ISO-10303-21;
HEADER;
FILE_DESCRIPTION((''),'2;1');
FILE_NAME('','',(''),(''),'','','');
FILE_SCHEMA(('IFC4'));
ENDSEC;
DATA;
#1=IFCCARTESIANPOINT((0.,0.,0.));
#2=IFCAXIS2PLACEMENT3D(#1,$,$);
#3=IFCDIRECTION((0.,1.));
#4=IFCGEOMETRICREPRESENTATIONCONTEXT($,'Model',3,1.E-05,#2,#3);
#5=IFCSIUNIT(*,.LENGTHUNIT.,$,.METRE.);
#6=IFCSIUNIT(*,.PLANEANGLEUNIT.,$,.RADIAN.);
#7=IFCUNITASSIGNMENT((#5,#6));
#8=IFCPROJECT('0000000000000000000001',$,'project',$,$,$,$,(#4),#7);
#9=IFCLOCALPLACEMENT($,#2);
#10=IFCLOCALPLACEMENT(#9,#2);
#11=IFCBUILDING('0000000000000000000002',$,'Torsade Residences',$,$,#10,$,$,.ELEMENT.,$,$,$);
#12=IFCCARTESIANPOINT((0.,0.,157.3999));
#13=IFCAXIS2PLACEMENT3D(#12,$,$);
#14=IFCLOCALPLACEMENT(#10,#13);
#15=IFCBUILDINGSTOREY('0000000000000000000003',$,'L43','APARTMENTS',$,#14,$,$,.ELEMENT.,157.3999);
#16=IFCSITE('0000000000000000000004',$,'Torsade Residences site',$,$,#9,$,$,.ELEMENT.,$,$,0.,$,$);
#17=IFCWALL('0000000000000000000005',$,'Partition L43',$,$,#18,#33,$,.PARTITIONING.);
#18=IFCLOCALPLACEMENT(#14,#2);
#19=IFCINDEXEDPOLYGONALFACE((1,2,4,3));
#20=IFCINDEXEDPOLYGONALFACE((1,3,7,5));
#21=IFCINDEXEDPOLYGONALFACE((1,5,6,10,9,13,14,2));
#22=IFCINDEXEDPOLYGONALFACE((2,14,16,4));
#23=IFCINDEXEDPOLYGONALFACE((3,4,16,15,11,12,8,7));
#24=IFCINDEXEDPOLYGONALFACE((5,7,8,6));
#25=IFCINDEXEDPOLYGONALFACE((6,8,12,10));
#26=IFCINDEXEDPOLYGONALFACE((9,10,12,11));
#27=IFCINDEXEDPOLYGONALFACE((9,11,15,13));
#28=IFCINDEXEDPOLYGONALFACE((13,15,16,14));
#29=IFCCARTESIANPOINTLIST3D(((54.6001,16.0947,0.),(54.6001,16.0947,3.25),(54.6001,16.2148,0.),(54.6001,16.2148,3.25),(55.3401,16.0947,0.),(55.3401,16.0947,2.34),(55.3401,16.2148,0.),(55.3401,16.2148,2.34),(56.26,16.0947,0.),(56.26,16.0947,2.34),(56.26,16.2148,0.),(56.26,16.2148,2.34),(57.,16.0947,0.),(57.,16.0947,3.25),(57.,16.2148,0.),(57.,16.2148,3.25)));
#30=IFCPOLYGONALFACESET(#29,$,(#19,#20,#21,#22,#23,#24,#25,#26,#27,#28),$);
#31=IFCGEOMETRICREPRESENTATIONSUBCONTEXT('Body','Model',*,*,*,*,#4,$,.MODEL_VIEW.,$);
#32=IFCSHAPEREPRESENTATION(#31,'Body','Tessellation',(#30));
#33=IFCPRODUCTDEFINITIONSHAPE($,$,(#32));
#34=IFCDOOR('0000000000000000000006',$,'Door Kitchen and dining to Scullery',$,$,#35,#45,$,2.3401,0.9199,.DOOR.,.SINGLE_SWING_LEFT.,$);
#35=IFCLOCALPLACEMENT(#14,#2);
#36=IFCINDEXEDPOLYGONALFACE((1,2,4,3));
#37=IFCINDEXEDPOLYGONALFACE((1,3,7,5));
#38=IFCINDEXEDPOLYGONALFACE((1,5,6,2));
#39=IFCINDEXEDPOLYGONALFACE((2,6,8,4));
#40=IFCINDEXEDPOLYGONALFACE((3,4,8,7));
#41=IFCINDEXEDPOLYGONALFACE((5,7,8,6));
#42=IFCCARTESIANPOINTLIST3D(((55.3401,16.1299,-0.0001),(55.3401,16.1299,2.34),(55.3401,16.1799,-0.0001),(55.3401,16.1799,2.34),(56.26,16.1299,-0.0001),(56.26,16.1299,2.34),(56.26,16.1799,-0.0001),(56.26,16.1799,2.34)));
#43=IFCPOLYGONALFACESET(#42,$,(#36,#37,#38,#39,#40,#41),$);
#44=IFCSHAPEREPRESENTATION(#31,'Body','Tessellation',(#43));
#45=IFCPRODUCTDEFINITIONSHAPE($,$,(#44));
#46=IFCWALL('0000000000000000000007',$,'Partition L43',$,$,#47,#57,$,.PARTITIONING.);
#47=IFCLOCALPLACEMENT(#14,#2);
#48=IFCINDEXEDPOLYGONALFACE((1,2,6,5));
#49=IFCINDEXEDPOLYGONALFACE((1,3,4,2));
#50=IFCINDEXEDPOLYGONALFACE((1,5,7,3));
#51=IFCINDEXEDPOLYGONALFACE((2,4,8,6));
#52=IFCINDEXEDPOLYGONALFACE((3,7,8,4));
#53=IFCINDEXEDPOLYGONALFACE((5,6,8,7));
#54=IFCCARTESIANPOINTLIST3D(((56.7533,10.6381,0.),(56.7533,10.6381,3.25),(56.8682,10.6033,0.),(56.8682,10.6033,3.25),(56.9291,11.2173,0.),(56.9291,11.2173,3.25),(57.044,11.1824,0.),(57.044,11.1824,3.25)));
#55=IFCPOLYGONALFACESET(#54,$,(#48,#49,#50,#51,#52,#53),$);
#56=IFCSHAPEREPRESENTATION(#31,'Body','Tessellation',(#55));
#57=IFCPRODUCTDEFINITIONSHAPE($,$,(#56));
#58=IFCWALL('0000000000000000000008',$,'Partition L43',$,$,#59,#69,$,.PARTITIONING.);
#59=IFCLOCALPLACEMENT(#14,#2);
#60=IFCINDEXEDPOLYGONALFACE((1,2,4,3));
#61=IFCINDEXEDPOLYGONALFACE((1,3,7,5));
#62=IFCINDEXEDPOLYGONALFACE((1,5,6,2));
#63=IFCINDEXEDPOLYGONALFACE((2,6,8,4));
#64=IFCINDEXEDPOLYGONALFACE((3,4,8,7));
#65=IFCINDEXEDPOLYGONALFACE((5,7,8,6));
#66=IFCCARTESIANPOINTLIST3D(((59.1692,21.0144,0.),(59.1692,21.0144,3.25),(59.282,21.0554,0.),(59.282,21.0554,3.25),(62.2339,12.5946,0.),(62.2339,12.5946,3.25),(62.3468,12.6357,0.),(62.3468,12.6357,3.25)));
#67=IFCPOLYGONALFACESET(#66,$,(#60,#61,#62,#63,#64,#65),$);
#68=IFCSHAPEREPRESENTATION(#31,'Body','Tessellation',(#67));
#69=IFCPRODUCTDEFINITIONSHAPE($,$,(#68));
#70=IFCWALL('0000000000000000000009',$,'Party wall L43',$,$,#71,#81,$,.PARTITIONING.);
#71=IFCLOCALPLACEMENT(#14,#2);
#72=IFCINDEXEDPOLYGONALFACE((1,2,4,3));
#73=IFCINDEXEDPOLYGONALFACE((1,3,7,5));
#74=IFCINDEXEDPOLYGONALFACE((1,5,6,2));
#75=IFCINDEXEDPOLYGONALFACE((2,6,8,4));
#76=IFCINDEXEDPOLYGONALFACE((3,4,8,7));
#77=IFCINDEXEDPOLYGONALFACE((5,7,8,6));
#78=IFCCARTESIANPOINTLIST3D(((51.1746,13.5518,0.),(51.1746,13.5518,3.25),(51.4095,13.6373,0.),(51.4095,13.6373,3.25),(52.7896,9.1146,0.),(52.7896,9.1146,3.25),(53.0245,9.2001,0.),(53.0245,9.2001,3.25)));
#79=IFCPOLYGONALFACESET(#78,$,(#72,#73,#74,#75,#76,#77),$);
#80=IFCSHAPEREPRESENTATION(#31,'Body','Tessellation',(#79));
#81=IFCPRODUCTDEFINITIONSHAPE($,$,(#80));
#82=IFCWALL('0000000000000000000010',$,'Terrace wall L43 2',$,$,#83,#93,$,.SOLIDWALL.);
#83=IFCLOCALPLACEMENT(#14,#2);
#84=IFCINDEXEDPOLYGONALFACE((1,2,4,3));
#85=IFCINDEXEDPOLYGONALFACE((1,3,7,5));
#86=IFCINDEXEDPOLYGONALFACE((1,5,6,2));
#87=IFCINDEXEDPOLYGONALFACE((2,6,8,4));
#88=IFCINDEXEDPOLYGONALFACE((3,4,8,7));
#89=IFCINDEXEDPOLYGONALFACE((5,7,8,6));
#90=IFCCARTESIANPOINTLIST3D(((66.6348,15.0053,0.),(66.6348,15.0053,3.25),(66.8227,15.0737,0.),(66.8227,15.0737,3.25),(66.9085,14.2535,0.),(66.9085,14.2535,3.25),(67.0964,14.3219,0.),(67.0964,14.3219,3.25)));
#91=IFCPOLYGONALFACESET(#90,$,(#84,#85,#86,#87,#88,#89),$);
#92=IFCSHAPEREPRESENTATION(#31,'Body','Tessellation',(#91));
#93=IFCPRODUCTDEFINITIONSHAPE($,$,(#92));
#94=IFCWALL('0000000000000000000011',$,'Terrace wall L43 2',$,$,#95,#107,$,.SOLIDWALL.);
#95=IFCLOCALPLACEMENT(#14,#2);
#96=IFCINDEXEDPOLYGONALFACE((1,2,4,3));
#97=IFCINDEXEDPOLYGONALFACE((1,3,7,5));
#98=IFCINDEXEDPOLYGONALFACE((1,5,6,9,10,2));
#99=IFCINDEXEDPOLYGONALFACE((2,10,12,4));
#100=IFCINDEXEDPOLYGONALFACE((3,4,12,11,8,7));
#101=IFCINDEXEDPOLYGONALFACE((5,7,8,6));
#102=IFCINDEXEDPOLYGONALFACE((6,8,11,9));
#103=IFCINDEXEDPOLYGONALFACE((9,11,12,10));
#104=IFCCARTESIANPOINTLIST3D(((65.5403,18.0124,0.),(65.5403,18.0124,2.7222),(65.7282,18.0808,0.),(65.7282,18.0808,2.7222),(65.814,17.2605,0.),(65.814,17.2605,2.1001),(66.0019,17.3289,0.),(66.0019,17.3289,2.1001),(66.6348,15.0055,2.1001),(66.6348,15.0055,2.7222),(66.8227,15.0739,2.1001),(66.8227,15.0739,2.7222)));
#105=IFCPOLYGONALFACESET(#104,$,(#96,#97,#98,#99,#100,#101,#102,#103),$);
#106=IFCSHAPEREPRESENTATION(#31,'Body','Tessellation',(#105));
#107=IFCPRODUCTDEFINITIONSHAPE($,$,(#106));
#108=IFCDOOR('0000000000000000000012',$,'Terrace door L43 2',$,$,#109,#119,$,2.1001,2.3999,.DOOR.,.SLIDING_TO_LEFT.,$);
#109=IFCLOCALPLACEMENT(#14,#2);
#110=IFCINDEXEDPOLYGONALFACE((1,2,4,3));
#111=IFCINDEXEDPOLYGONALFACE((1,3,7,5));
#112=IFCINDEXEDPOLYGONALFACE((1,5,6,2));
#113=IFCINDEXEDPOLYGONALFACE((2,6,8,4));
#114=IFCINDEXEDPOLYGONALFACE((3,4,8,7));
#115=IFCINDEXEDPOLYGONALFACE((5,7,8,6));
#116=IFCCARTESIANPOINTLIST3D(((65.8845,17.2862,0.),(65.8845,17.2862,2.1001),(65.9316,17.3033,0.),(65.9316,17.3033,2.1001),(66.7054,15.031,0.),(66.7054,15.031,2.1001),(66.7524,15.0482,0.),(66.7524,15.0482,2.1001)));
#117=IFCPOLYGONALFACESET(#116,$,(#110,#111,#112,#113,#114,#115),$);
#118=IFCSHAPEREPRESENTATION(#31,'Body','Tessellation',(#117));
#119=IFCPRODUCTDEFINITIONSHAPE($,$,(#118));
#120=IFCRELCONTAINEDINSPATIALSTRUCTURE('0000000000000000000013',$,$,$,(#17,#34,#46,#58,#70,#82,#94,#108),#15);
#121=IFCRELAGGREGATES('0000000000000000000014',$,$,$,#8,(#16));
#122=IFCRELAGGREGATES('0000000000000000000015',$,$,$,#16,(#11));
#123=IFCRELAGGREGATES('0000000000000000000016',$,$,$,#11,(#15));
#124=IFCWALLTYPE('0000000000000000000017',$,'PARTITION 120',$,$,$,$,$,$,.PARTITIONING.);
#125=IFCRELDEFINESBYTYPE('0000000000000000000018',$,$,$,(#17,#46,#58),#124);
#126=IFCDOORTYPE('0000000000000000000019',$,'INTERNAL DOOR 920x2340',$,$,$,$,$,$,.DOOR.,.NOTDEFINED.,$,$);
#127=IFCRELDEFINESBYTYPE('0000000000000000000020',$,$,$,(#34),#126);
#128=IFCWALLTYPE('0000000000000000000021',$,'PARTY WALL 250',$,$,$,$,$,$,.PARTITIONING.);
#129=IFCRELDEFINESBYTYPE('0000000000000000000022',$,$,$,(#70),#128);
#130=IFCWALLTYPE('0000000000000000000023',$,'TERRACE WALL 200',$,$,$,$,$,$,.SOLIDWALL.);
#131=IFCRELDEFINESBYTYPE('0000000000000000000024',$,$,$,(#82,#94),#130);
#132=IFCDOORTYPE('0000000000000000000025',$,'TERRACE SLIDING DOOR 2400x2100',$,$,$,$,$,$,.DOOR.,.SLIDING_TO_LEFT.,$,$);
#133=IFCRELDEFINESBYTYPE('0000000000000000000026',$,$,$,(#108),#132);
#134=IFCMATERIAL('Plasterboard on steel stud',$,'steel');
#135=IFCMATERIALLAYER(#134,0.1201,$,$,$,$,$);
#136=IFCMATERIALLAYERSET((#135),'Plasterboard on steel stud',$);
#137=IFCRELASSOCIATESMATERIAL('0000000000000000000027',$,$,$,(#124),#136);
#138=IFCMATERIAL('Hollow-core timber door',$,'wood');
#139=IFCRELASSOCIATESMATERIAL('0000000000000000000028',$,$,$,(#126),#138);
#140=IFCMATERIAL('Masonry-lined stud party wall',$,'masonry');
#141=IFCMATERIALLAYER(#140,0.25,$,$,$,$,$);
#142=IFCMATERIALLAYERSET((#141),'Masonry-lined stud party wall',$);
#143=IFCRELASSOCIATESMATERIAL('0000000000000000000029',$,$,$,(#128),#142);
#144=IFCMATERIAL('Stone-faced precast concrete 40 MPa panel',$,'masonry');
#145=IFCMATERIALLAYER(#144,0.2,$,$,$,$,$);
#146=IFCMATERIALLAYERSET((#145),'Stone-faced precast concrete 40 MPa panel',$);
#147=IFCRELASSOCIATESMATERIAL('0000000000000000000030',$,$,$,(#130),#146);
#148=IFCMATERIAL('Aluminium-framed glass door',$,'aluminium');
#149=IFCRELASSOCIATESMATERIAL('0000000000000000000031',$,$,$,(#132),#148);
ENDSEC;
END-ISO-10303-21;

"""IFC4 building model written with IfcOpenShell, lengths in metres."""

from ifc_helpers import new_model, si_unit, direction, frame, frame_2d, origin, place, context, subcontext, project, spatial, rectangle, extrude, material, layer, layer_set, type_object, element, fill, save


model = new_model("IFC4")

# Units and contexts
model_context = context("Model", 3, precision=1e-05, world=origin(), true_north=direction((0.0, 1.0)))
body_context = subcontext(model_context, "Body", "Model", "MODEL_VIEW")
ifc_project = project(units=[si_unit("LENGTHUNIT", "METRE"), si_unit("PLANEANGLEUNIT", "RADIAN")], contexts=[model_context])

# Site, building, storey
site_placement = place(None, origin())
site = spatial("IfcSite", under=ifc_project, at=site_placement, Name="Torsade Residences site", CompositionType="ELEMENT", RefElevation=0.0)
building_placement = place(site_placement, origin())
building = spatial("IfcBuilding", under=site, at=building_placement, Name="Torsade Residences", CompositionType="ELEMENT")
storey_placement = place(building_placement, frame((0.0, 0.0, 157.3999)))
storey = spatial("IfcBuildingStorey", under=building, at=storey_placement, Name="L43", Description="APARTMENTS", CompositionType="ELEMENT", Elevation=157.3999)

# Shared definitions
ifc_material_1 = material(Name="Plasterboard on steel stud", Category="steel")
ifc_layer_1 = layer(ifc_material_1, 0.1201)
ifc_layer_set_1 = layer_set([ifc_layer_1], Name="Plasterboard on steel stud")
wall_type_1 = type_object("IfcWallType", Name="PARTITION 120", PredefinedType="PARTITIONING", material=ifc_layer_set_1)
ifc_material_2 = material(Name="Hollow-core timber door", Category="wood")
door_type_1 = type_object("IfcDoorType", Name="INTERNAL DOOR 920x2340", OperationType="NOTDEFINED", PredefinedType="DOOR", material=ifc_material_2)

# Wall, opening, door
wall_1_placement = place(storey_placement, frame((57.0, 16.1548, 0.0), z_axis=(0.0, 0.0, 1.0), x_axis=(-1.0, 0.0, 0.0)))
wall_1 = element("IfcWall", 1, at=wall_1_placement, inside=storey, type_object=wall_type_1, Name="Partition L43", PredefinedType="PARTITIONING", context=body_context, shape_type="SweptSolid", body=[
    extrude(rectangle(XDim=2.3999, YDim=0.1201, at=frame_2d((1.2, 0.0))), origin(), (0.0, 0.0, 1.0), 3.25),
])
opening_1_placement = place(wall_1_placement, frame((0.74, 0.0, 0.0)))
opening_1 = element("IfcOpeningElement", 2, at=opening_1_placement, cuts=wall_1, PredefinedType="OPENING", context=body_context, shape_type="SweptSolid", body=[
    extrude(rectangle(XDim=0.9199, YDim=2.3401, at=frame_2d((0.46, 1.1699))), frame((0.0, 0.0701, 0.0), z_axis=(0.0, -1.0, 0.0), x_axis=(1.0, 0.0, 0.0)), (0.0, 0.0, 1.0), 0.1401),
])
door_1_placement = place(opening_1_placement, origin())
door_1 = element("IfcDoor", 3, at=door_1_placement, inside=storey, type_object=door_type_1, Name="Door Kitchen and dining to Scullery", OperationType="SINGLE_SWING_LEFT", OverallHeight=2.3401, OverallWidth=0.9199, PredefinedType="DOOR", context=body_context, shape_type="SweptSolid", body=[
    extrude(rectangle(XDim=0.9199, YDim=2.3401, at=frame_2d((0.46, 1.1699))), frame((0.0, 0.0249, 0.0), z_axis=(0.0, -1.0, 0.0), x_axis=(1.0, 0.0, 0.0)), (0.0, 0.0, 1.0), 0.05),
])
fill(opening_1, door_1)

# Walls
wall_2_placement = place(storey_placement, frame((56.9866, 11.2, 0.0), z_axis=(0.0, 0.0, 1.0), x_axis=(-0.290455, -0.956889, 0.0)))
element("IfcWall", 4, at=wall_2_placement, inside=storey, type_object=wall_type_1, Name="Partition L43", PredefinedType="PARTITIONING", context=body_context, shape_type="SweptSolid", body=[
    extrude(rectangle(XDim=0.6052, YDim=0.1201, at=frame_2d((0.3027, 0.0))), origin(), (0.0, 0.0, 1.0), 3.25),
])
wall_3_placement = place(storey_placement, frame((62.2903, 12.6152, 0.0), z_axis=(0.0, 0.0, 1.0), x_axis=(-0.342038, 0.939686, 0.0)))
element("IfcWall", 5, at=wall_3_placement, inside=storey, type_object=wall_type_1, Name="Partition L43", PredefinedType="PARTITIONING", context=body_context, shape_type="SweptSolid", body=[
    extrude(rectangle(XDim=8.9602, YDim=0.1201, at=frame_2d((4.48, 0.0))), origin(), (0.0, 0.0, 1.0), 3.25),
])
ifc_material_3 = material(Name="Masonry-lined stud party wall", Category="masonry")
ifc_layer_2 = layer(ifc_material_3, 0.25)
ifc_layer_set_2 = layer_set([ifc_layer_2], Name="Masonry-lined stud party wall")
wall_type_2 = type_object("IfcWallType", Name="PARTY WALL 250", PredefinedType="PARTITIONING", material=ifc_layer_set_2)
wall_4_placement = place(storey_placement, frame((52.907, 9.1575, 0.0), z_axis=(0.0, 0.0, 1.0), x_axis=(-0.342013, 0.939695, 0.0)))
element("IfcWall", 6, at=wall_4_placement, inside=storey, type_object=wall_type_2, Name="Party wall L43", PredefinedType="PARTITIONING", context=body_context, shape_type="SweptSolid", body=[
    extrude(rectangle(XDim=4.7219, YDim=0.25, at=frame_2d((2.3608, 0.0))), origin(), (0.0, 0.0, 1.0), 3.25),
])
ifc_material_4 = material(Name="Stone-faced precast concrete 40 MPa panel", Category="masonry")
ifc_layer_3 = layer(ifc_material_4, 0.2)
ifc_layer_set_3 = layer_set([ifc_layer_3], Name="Stone-faced precast concrete 40 MPa panel")
wall_type_3 = type_object("IfcWallType", Name="TERRACE WALL 200", PredefinedType="SOLIDWALL", material=ifc_layer_set_3)
wall_5_placement = place(storey_placement, frame((67.0024, 14.2878, 0.0), z_axis=(0.0, 0.0, 1.0), x_axis=(-0.342111, 0.93966, 0.0)))
element("IfcWall", 7, at=wall_5_placement, inside=storey, type_object=wall_type_3, Name="Terrace wall L43 2", PredefinedType="SOLIDWALL", context=body_context, shape_type="SweptSolid", body=[
    extrude(rectangle(XDim=0.8, YDim=0.2, at=frame_2d((0.3999, 0.0))), origin(), (0.0, 0.0, 1.0), 3.25),
])

# Wall, opening, door
wall_6_placement = place(storey_placement, frame((66.7288, 15.0396, 0.0), z_axis=(0.0, 0.0, 1.0), x_axis=(-0.342019, 0.939693, 0.0)))
wall_6 = element("IfcWall", 8, at=wall_6_placement, inside=storey, type_object=wall_type_3, Name="Terrace wall L43 2", PredefinedType="SOLIDWALL", context=body_context, shape_type="SweptSolid", body=[
    extrude(rectangle(XDim=3.2, YDim=0.2, at=frame_2d((1.6001, 0.0))), origin(), (0.0, 0.0, 1.0), 2.7222),
])
opening_2_placement = place(wall_6_placement, origin())
opening_2 = element("IfcOpeningElement", 9, at=opening_2_placement, cuts=wall_6, PredefinedType="OPENING", context=body_context, shape_type="SweptSolid", body=[
    extrude(rectangle(XDim=2.3999, YDim=2.1001, at=frame_2d((1.2, 1.05))), frame((0.0, 0.1099, 0.0), z_axis=(0.0, -1.0, 0.0), x_axis=(1.0, 0.0, 0.0)), (0.0, 0.0, 1.0), 0.22),
])
ifc_material_5 = material(Name="Aluminium-framed glass door", Category="aluminium")
door_type_2 = type_object("IfcDoorType", Name="TERRACE SLIDING DOOR 2400x2100", OperationType="SLIDING_TO_LEFT", PredefinedType="DOOR", material=ifc_material_5)
door_2_placement = place(opening_2_placement, origin())
door_2 = element("IfcDoor", 10, at=door_2_placement, inside=storey, type_object=door_type_2, Name="Terrace door L43 2", OperationType="SLIDING_TO_LEFT", OverallHeight=2.1001, OverallWidth=2.3999, PredefinedType="DOOR", context=body_context, shape_type="SweptSolid", body=[
    extrude(rectangle(XDim=2.3999, YDim=2.1001, at=frame_2d((1.2, 1.05))), frame((0.0, 0.0249, 0.0), z_axis=(0.0, -1.0, 0.0), x_axis=(1.0, 0.0, 0.0)), (0.0, 0.0, 1.0), 0.05),
])
fill(opening_2, door_2)

save(model, "model.ifc")
